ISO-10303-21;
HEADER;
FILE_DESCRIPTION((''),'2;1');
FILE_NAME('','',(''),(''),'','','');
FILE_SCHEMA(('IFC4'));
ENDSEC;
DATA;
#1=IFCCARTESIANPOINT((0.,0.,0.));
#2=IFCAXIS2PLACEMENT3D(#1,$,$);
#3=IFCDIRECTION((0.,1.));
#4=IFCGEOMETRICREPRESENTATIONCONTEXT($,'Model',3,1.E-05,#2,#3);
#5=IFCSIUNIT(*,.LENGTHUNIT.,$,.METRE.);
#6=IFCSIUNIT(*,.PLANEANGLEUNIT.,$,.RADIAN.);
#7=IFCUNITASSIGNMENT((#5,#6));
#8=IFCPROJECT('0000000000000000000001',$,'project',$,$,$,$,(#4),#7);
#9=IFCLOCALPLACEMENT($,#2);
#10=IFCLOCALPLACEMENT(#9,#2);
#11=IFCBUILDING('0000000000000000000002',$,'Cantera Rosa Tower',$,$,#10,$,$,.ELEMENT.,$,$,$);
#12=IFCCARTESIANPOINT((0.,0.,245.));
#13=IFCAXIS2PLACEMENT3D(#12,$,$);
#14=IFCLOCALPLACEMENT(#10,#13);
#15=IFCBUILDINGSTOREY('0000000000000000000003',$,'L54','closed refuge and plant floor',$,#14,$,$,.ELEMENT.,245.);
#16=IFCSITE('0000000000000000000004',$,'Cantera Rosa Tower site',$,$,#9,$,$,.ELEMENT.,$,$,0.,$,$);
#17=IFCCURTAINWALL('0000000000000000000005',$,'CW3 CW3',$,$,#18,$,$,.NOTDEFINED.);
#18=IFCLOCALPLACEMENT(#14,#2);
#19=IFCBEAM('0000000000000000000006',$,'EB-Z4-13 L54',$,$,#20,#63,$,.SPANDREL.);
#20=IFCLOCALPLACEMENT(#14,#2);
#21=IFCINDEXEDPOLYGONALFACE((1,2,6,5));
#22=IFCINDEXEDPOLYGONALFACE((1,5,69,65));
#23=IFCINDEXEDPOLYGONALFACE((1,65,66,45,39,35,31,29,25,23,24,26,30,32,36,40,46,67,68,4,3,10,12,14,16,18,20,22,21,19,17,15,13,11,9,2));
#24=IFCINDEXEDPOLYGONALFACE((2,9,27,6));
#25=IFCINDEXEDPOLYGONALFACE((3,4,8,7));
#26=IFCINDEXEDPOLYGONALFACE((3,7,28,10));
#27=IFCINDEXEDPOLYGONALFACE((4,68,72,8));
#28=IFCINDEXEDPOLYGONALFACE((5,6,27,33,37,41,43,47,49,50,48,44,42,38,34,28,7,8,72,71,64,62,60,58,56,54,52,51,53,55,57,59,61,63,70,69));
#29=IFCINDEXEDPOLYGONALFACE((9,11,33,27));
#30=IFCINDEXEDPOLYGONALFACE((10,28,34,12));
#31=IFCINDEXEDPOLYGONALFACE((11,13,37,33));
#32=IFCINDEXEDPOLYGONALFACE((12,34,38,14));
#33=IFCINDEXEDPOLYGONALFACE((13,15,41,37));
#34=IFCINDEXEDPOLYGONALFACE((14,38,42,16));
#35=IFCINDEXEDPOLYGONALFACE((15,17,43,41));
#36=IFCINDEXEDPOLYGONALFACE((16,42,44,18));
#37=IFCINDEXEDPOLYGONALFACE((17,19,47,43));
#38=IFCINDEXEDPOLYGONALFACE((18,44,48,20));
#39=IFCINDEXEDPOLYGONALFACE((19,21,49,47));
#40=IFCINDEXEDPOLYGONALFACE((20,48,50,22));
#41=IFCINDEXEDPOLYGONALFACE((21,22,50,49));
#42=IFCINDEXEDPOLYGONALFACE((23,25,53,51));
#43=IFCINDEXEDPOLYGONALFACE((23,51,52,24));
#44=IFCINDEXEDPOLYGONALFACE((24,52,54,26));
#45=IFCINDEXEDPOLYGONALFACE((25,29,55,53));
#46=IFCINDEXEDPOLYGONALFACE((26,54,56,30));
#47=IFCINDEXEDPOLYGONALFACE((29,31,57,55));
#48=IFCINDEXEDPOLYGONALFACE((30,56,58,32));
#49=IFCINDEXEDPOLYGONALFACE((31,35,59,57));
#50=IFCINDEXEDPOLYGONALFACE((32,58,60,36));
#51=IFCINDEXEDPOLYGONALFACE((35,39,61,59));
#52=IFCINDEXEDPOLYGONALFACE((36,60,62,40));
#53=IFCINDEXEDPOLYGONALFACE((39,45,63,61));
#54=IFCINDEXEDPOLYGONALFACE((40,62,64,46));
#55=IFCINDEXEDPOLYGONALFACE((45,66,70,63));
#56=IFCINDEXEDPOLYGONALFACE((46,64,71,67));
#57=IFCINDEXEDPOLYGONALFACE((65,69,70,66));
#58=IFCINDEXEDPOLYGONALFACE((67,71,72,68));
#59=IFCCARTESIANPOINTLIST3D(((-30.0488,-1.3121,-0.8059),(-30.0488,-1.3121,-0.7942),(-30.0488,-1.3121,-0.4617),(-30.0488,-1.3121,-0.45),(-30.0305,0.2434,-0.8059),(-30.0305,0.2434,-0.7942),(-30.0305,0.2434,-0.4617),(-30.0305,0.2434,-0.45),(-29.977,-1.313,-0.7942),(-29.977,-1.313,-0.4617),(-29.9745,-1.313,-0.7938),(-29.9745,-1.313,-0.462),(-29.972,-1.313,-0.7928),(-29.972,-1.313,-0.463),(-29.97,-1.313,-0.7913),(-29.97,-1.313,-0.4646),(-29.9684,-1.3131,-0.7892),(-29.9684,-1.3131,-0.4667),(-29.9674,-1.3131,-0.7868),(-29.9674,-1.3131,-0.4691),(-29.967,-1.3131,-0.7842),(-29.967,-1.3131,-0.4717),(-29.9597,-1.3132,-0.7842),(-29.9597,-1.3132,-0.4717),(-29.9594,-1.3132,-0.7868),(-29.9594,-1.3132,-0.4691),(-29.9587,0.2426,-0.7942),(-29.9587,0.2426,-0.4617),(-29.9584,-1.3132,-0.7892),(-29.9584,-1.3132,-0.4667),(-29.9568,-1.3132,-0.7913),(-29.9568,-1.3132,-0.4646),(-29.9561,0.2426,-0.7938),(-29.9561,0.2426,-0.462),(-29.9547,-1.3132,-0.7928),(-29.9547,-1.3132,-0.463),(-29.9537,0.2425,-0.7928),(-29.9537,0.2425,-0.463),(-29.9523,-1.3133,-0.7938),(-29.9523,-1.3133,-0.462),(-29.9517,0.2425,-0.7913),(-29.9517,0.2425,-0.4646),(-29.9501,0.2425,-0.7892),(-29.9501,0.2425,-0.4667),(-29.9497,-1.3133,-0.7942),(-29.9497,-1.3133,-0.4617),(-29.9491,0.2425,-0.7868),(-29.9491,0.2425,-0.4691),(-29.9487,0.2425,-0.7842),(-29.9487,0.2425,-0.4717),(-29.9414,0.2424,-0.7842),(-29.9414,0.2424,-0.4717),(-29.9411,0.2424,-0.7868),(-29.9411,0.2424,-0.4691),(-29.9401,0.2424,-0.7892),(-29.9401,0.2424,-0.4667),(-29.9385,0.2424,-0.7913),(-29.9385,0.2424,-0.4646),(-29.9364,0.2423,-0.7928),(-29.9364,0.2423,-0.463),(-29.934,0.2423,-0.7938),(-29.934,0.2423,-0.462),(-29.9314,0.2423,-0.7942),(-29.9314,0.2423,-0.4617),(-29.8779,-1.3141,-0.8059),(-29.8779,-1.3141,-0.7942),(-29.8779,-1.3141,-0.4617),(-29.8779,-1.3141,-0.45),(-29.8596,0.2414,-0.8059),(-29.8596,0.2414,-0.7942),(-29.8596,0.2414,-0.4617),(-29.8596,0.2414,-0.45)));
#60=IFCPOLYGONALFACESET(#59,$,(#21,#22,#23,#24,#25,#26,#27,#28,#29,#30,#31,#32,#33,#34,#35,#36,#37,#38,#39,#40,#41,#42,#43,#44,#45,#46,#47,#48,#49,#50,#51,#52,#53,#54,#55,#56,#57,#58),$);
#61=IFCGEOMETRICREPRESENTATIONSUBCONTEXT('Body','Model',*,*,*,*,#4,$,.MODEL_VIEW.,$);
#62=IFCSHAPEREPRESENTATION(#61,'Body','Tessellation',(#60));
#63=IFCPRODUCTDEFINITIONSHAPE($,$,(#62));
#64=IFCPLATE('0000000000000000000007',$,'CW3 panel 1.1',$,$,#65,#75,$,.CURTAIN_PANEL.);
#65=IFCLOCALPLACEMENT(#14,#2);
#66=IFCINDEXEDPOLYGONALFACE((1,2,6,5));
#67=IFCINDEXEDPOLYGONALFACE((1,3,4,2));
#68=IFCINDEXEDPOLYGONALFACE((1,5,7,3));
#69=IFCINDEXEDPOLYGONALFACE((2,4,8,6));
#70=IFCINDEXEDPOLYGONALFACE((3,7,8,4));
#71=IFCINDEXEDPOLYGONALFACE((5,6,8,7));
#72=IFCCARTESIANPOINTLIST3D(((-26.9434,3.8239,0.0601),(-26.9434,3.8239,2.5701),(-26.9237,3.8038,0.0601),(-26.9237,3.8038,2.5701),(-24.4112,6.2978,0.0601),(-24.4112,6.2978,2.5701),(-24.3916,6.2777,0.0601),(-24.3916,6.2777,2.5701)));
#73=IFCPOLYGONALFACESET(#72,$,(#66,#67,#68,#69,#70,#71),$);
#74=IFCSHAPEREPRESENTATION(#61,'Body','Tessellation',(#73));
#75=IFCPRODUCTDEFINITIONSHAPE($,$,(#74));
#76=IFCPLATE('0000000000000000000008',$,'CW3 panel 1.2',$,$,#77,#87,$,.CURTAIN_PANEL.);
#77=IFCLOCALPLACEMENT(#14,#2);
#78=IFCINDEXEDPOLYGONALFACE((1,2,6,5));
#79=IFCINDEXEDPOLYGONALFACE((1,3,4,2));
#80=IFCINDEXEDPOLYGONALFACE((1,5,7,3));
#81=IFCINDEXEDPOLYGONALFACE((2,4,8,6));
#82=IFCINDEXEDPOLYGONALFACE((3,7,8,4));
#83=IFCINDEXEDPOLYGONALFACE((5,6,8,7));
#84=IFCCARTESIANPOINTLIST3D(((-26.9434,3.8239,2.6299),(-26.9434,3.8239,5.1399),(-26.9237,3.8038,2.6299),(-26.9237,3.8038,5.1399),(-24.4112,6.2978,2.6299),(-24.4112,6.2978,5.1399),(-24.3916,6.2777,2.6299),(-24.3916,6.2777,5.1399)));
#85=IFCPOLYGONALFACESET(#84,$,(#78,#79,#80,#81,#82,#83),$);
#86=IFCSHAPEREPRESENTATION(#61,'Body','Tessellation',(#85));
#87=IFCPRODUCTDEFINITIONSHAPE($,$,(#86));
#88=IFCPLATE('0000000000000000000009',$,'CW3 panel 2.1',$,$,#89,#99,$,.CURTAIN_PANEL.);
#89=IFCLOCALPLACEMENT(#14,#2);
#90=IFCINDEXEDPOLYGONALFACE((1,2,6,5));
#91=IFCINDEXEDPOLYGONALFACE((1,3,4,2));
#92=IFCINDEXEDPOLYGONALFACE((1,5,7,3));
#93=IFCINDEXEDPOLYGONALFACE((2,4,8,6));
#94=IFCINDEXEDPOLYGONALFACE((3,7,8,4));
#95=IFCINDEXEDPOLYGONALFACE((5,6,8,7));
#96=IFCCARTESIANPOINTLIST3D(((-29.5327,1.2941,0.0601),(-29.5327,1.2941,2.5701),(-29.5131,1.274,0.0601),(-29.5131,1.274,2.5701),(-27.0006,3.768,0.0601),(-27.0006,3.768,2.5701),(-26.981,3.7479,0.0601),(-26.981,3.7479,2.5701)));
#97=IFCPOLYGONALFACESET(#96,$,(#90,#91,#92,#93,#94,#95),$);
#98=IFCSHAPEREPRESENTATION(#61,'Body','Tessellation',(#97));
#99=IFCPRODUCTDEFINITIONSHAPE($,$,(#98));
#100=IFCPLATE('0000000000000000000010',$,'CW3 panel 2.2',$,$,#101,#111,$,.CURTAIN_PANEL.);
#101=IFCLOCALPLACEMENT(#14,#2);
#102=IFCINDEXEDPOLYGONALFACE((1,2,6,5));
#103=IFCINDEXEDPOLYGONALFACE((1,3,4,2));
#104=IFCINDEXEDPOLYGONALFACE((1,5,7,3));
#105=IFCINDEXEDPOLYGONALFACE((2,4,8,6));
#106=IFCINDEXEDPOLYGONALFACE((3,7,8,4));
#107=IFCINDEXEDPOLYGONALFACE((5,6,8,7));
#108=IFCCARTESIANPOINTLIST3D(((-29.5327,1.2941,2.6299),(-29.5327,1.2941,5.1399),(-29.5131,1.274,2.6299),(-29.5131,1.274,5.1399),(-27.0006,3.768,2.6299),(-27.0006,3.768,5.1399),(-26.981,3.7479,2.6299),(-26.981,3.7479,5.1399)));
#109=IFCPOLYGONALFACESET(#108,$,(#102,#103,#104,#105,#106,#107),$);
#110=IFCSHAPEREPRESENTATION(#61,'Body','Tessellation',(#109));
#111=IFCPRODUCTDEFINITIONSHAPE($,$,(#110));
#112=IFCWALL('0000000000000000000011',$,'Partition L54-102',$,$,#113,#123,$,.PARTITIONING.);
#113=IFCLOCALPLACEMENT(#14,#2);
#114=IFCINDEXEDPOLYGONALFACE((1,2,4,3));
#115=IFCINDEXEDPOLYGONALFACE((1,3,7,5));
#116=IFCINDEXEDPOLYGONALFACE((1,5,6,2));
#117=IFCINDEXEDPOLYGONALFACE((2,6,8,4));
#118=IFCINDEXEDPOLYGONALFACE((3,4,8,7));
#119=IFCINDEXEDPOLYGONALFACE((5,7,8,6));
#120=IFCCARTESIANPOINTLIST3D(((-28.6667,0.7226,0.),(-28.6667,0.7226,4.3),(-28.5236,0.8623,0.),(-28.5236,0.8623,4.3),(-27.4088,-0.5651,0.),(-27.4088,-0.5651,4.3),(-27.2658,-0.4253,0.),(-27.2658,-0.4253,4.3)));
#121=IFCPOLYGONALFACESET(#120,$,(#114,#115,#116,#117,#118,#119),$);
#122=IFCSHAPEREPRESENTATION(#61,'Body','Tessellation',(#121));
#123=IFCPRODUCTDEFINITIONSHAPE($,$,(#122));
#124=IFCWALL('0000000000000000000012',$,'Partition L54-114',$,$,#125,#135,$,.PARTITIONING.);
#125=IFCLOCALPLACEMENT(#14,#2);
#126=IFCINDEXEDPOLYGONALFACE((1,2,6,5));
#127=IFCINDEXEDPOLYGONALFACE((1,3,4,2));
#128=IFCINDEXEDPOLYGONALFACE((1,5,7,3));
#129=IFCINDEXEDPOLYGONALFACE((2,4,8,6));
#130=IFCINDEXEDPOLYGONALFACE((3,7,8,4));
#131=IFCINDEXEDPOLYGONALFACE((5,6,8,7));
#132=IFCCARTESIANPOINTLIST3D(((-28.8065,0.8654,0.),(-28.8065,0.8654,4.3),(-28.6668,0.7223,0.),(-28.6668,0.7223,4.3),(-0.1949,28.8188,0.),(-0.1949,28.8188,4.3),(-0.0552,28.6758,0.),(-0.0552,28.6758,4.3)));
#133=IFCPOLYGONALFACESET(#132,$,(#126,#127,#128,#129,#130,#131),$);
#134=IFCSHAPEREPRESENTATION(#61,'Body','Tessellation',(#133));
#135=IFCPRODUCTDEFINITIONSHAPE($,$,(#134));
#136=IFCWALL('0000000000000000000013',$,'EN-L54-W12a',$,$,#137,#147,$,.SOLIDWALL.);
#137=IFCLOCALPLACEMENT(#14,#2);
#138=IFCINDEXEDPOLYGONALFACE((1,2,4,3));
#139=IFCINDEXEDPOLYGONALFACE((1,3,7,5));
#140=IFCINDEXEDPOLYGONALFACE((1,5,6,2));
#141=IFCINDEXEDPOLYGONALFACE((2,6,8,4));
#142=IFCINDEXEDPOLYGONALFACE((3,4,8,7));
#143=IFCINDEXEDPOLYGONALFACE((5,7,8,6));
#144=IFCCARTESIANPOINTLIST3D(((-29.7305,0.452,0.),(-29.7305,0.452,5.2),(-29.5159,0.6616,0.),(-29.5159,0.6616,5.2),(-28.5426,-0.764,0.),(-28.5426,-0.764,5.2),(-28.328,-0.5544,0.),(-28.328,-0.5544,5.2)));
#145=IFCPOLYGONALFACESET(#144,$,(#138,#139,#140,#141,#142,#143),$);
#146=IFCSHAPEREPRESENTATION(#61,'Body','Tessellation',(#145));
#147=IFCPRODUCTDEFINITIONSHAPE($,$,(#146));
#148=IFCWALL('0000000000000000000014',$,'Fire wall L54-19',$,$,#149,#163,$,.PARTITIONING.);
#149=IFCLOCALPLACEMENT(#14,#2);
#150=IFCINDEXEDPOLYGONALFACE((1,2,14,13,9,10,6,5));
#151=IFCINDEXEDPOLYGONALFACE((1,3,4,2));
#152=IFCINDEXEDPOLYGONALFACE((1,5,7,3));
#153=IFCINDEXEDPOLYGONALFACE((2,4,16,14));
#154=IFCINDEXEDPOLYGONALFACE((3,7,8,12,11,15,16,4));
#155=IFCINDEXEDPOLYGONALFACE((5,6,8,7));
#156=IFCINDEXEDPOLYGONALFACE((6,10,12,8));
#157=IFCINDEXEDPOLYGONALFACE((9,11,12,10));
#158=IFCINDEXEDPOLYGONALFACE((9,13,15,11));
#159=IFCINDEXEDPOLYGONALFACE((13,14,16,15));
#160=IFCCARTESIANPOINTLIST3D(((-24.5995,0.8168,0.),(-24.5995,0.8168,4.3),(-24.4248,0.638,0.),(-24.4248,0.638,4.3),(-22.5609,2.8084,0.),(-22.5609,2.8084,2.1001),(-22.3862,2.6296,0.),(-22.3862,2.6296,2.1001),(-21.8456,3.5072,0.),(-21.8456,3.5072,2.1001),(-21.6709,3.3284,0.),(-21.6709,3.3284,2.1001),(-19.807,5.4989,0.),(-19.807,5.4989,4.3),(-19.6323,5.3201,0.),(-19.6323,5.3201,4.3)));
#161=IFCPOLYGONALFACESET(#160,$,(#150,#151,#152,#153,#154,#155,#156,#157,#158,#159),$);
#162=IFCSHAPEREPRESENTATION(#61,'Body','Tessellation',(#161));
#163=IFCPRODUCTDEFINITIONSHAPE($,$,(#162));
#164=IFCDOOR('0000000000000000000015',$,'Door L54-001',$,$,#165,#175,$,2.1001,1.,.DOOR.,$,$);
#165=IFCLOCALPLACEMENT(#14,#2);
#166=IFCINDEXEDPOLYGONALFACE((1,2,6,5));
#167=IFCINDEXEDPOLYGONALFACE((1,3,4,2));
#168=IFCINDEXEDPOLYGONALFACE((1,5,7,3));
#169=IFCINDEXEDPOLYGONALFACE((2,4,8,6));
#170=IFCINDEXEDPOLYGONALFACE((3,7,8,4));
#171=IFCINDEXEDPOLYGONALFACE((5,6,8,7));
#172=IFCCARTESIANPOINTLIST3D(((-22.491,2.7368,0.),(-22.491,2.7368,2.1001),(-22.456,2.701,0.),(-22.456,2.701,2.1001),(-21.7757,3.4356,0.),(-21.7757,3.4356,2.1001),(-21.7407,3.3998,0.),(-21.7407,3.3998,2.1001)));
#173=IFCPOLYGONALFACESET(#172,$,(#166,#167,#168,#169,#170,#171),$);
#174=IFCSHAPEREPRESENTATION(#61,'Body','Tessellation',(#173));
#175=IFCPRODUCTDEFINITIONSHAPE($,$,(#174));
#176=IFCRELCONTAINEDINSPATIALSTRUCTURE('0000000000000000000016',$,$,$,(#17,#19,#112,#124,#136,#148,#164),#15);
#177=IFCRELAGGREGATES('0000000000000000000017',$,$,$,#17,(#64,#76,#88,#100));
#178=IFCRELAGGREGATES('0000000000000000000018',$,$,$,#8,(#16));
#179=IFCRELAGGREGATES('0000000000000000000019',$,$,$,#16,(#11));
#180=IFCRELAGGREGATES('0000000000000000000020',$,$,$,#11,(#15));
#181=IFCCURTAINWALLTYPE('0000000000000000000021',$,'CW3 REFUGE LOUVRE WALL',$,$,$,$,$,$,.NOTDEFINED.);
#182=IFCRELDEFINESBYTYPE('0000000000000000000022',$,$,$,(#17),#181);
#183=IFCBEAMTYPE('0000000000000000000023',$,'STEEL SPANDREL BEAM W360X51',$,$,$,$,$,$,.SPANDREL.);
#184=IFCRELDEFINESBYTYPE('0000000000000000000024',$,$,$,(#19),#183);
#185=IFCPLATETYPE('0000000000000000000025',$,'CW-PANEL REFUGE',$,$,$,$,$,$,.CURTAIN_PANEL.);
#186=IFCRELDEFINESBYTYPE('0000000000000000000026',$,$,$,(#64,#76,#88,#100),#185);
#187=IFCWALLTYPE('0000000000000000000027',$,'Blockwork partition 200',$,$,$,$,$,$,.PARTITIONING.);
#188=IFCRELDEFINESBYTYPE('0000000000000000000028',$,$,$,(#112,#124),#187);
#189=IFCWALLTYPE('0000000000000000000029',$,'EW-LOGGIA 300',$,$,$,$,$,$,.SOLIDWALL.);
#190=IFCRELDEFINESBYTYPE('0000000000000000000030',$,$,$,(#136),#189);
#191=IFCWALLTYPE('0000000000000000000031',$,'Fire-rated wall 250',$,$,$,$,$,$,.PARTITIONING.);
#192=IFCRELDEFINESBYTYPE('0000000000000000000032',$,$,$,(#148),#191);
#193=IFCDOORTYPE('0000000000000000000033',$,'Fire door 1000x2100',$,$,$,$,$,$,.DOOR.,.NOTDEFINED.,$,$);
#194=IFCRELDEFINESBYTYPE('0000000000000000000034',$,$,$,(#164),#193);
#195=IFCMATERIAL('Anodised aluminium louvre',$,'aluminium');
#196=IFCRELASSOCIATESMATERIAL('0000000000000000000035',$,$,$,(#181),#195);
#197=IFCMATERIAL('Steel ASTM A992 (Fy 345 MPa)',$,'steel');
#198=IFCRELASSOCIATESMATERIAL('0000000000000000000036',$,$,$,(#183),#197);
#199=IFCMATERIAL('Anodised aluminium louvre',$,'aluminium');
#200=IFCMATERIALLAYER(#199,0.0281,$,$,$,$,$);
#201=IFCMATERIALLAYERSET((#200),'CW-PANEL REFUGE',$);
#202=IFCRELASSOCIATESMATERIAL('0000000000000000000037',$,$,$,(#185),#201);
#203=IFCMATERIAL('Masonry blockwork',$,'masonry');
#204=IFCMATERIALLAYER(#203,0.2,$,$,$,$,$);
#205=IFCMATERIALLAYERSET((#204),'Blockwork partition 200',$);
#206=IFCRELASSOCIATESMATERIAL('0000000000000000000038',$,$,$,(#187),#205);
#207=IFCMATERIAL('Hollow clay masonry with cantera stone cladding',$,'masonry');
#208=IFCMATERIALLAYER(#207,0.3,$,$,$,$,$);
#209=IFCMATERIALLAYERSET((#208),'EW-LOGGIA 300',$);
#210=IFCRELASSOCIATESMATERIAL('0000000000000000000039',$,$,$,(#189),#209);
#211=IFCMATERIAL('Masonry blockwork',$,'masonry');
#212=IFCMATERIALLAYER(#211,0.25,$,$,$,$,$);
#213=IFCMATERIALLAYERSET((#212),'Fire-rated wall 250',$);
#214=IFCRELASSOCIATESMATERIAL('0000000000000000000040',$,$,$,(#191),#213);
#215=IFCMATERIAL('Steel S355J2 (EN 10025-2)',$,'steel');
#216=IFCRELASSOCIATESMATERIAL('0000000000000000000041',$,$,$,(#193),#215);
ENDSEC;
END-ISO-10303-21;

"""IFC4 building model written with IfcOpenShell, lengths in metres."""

from ifc_helpers import new_model, si_unit, direction, frame, frame_2d, origin, origin_2d, place, context, subcontext, project, spatial, rectangle, i_section, extrude, material, layer, layer_set, material_profile, profile_set, type_object, element, fill, aggregate, save


model = new_model("IFC4")

# Units and contexts
model_context = context("Model", 3, precision=1e-05, world=origin(), true_north=direction((0.0, 1.0)))
body_context = subcontext(model_context, "Body", "Model", "MODEL_VIEW")
ifc_project = project(units=[si_unit("LENGTHUNIT", "METRE"), si_unit("PLANEANGLEUNIT", "RADIAN")], contexts=[model_context])

# Site, building, storey
site_placement = place(None, origin())
site = spatial("IfcSite", under=ifc_project, at=site_placement, Name="Cantera Rosa Tower site", CompositionType="ELEMENT", RefElevation=0.0)
building_placement = place(site_placement, origin())
building = spatial("IfcBuilding", under=site, at=building_placement, Name="Cantera Rosa Tower", CompositionType="ELEMENT")
storey_placement = place(building_placement, frame((0.0, 0.0, 245.0)))
storey = spatial("IfcBuildingStorey", under=building, at=storey_placement, Name="L54", Description="closed refuge and plant floor", CompositionType="ELEMENT", Elevation=245.0)

# Curtain wall
ifc_material_1 = material(Name="Anodised aluminium louvre", Category="aluminium")
curtain_wall_type = type_object("IfcCurtainWallType", Name="CW3 REFUGE LOUVRE WALL", PredefinedType="NOTDEFINED", material=ifc_material_1)
curtain_wall_placement = place(storey_placement, origin())
curtain_wall = element("IfcCurtainWall", 1, at=curtain_wall_placement, inside=storey, type_object=curtain_wall_type, Name="CW3 CW3", PredefinedType="NOTDEFINED")

# Beam
ifc_material_2 = material(Name="Steel ASTM A992 (Fy 345 MPa)", Category="steel")
ifc_material_profile_1 = material_profile(ifc_material_2, i_section(OverallWidth=0.1709, OverallDepth=0.356, WebThickness=0.0073, FlangeThickness=0.0117, FilletRadius=0.01, at=origin_2d()), Name="W360X51")
ifc_profile_set_1 = profile_set([ifc_material_profile_1], Name="Steel ASTM A992 (Fy 345 MPa)")
beam_type_1 = type_object("IfcBeamType", Name="STEEL SPANDREL BEAM W360X51", PredefinedType="SPANDREL", material=ifc_profile_set_1)
beam_1_placement = place(storey_placement, frame((-29.9451, 0.2424, -0.6279), z_axis=(-0.011769, -0.999931, 0.0), x_axis=(0.999931, -0.011769, 0.0)))
element("IfcBeam", 2, at=beam_1_placement, inside=storey, type_object=beam_type_1, Name="EB-Z4-13 L54", PredefinedType="SPANDREL", context=body_context, shape_type="SweptSolid", body=[
    extrude(i_section(OverallWidth=0.1709, OverallDepth=0.356, WebThickness=0.0073, FlangeThickness=0.0117, FilletRadius=0.01, at=origin_2d()), origin(), (0.0, 0.0, 1.0), 1.5557),
])

# Plates
ifc_material_3 = material(Name="Anodised aluminium louvre", Category="aluminium")
ifc_layer_1 = layer(ifc_material_3, 0.0281)
ifc_layer_set_1 = layer_set([ifc_layer_1], Name="CW-PANEL REFUGE")
plate_type = type_object("IfcPlateType", Name="CW-PANEL REFUGE", PredefinedType="CURTAIN_PANEL", material=ifc_layer_set_1)
plate_1_placement = place(storey_placement, frame((-25.6675, 5.0508, 0.0601), z_axis=(0.0, 0.0, 1.0), x_axis=(-0.715286, -0.698832, 0.0)))
plate_1 = element("IfcPlate", 3, at=plate_1_placement, type_object=plate_type, Name="CW3 panel 1.1", PredefinedType="CURTAIN_PANEL", context=body_context, shape_type="SweptSolid", body=[
    extrude(rectangle(XDim=3.54, YDim=0.0281, at=origin_2d()), origin(), (0.0, 0.0, 1.0), 2.51),
])
plate_2_placement = place(storey_placement, frame((-25.6675, 5.0508, 2.6299), z_axis=(0.0, 0.0, 1.0), x_axis=(-0.715286, -0.698832, 0.0)))
plate_2 = element("IfcPlate", 4, at=plate_2_placement, type_object=plate_type, Name="CW3 panel 1.2", PredefinedType="CURTAIN_PANEL", context=body_context, shape_type="SweptSolid", body=[
    extrude(rectangle(XDim=3.54, YDim=0.0281, at=origin_2d()), origin(), (0.0, 0.0, 1.0), 2.51),
])
plate_3_placement = place(storey_placement, frame((-28.2568, 2.521, 0.0601), z_axis=(0.0, 0.0, 1.0), x_axis=(-0.715286, -0.698832, 0.0)))
plate_3 = element("IfcPlate", 5, at=plate_3_placement, type_object=plate_type, Name="CW3 panel 2.1", PredefinedType="CURTAIN_PANEL", context=body_context, shape_type="SweptSolid", body=[
    extrude(rectangle(XDim=3.54, YDim=0.0281, at=origin_2d()), origin(), (0.0, 0.0, 1.0), 2.51),
])
plate_4_placement = place(storey_placement, frame((-28.2568, 2.521, 2.6299), z_axis=(0.0, 0.0, 1.0), x_axis=(-0.715286, -0.698832, 0.0)))
plate_4 = element("IfcPlate", 6, at=plate_4_placement, type_object=plate_type, Name="CW3 panel 2.2", PredefinedType="CURTAIN_PANEL", context=body_context, shape_type="SweptSolid", body=[
    extrude(rectangle(XDim=3.54, YDim=0.0281, at=origin_2d()), origin(), (0.0, 0.0, 1.0), 2.51),
])
aggregate(curtain_wall, [plate_1, plate_2, plate_3, plate_4])

# Walls
ifc_material_4 = material(Name="Masonry blockwork", Category="masonry")
ifc_layer_2 = layer(ifc_material_4, 0.2)
ifc_layer_set_2 = layer_set([ifc_layer_2], Name="Blockwork partition 200")
wall_type_1 = type_object("IfcWallType", Name="Blockwork partition 200", PredefinedType="PARTITIONING", material=ifc_layer_set_2)
wall_1_placement = place(storey_placement, frame((-27.3374, -0.4951, 0.0), z_axis=(0.0, 0.0, 1.0), x_axis=(-0.698785, 0.715332, 0.0)))
element("IfcWall", 7, at=wall_1_placement, inside=storey, type_object=wall_type_1, Name="Partition L54-102", PredefinedType="PARTITIONING", context=body_context, shape_type="SweptSolid", body=[
    extrude(rectangle(XDim=1.8, YDim=0.2, at=frame_2d((0.8999, 0.0))), origin(), (0.0, 0.0, 1.0), 4.3),
])
wall_2_placement = place(storey_placement, frame((-28.7366, 0.7939, 0.0), z_axis=(0.0, 0.0, 1.0), x_axis=(0.715286, 0.698831, 0.0)))
element("IfcWall", 8, at=wall_2_placement, inside=storey, type_object=wall_type_1, Name="Partition L54-114", PredefinedType="PARTITIONING", context=body_context, shape_type="SweptSolid", body=[
    extrude(rectangle(XDim=40.0002, YDim=0.2, at=frame_2d((20.0, 0.0))), origin(), (0.0, 0.0, 1.0), 4.3),
])
ifc_material_5 = material(Name="Hollow clay masonry with cantera stone cladding", Category="masonry")
ifc_layer_3 = layer(ifc_material_5, 0.3)
ifc_layer_set_3 = layer_set([ifc_layer_3], Name="EW-LOGGIA 300")
wall_type_2 = type_object("IfcWallType", Name="EW-LOGGIA 300", PredefinedType="SOLIDWALL", material=ifc_layer_set_3)
wall_3_placement = place(storey_placement, frame((-29.6233, 0.5569, 0.0), z_axis=(0.0, 0.0, 1.0), x_axis=(0.698801, -0.715316, 0.0)))
element("IfcWall", 9, at=wall_3_placement, inside=storey, type_object=wall_type_2, Name="EN-L54-W12a", PredefinedType="SOLIDWALL", context=body_context, shape_type="SweptSolid", body=[
    extrude(rectangle(XDim=1.7, YDim=0.3, at=frame_2d((0.8501, 0.0))), origin(), (0.0, 0.0, 1.0), 5.2),
])

# Wall, opening, door
ifc_material_6 = material(Name="Masonry blockwork", Category="masonry")
ifc_layer_4 = layer(ifc_material_6, 0.25)
ifc_layer_set_4 = layer_set([ifc_layer_4], Name="Fire-rated wall 250")
wall_type_3 = type_object("IfcWallType", Name="Fire-rated wall 250", PredefinedType="PARTITIONING", material=ifc_layer_set_4)
wall_4_placement = place(storey_placement, frame((-24.5122, 0.7273, 0.0), z_axis=(0.0, 0.0, 1.0), x_axis=(0.715294, 0.698824, 0.0)))
wall_4 = element("IfcWall", 10, at=wall_4_placement, inside=storey, type_object=wall_type_3, Name="Fire wall L54-19", PredefinedType="PARTITIONING", context=body_context, shape_type="SweptSolid", body=[
    extrude(rectangle(XDim=6.7, YDim=0.25, at=frame_2d((3.3501, 0.0))), origin(), (0.0, 0.0, 1.0), 4.3),
])
opening_placement = place(wall_4_placement, frame((2.8501, 0.0, 0.0)))
opening = element("IfcOpeningElement", 11, at=opening_placement, cuts=wall_4, PredefinedType="OPENING", context=body_context, shape_type="SweptSolid", body=[
    extrude(rectangle(XDim=1.0, YDim=2.1001, at=frame_2d((0.5, 1.05))), frame((0.0, 0.135, 0.0), z_axis=(0.0, -1.0, 0.0), x_axis=(1.0, 0.0, 0.0)), (0.0, 0.0, 1.0), 0.27),
])
ifc_material_7 = material(Name="Steel S355J2 (EN 10025-2)", Category="steel")
door_type = type_object("IfcDoorType", Name="Fire door 1000x2100", OperationType="NOTDEFINED", PredefinedType="DOOR", material=ifc_material_7)
door_placement = place(opening_placement, origin())
door = element("IfcDoor", 12, at=door_placement, inside=storey, type_object=door_type, Name="Door L54-001", OverallHeight=2.1001, OverallWidth=1.0, PredefinedType="DOOR", context=body_context, shape_type="SweptSolid", body=[
    extrude(rectangle(XDim=1.0, YDim=2.1001, at=frame_2d((0.5, 1.05))), frame((0.0, 0.0249, 0.0), z_axis=(0.0, -1.0, 0.0), x_axis=(1.0, 0.0, 0.0)), (0.0, 0.0, 1.0), 0.05),
])
fill(opening, door)

save(model, "model.ifc")
